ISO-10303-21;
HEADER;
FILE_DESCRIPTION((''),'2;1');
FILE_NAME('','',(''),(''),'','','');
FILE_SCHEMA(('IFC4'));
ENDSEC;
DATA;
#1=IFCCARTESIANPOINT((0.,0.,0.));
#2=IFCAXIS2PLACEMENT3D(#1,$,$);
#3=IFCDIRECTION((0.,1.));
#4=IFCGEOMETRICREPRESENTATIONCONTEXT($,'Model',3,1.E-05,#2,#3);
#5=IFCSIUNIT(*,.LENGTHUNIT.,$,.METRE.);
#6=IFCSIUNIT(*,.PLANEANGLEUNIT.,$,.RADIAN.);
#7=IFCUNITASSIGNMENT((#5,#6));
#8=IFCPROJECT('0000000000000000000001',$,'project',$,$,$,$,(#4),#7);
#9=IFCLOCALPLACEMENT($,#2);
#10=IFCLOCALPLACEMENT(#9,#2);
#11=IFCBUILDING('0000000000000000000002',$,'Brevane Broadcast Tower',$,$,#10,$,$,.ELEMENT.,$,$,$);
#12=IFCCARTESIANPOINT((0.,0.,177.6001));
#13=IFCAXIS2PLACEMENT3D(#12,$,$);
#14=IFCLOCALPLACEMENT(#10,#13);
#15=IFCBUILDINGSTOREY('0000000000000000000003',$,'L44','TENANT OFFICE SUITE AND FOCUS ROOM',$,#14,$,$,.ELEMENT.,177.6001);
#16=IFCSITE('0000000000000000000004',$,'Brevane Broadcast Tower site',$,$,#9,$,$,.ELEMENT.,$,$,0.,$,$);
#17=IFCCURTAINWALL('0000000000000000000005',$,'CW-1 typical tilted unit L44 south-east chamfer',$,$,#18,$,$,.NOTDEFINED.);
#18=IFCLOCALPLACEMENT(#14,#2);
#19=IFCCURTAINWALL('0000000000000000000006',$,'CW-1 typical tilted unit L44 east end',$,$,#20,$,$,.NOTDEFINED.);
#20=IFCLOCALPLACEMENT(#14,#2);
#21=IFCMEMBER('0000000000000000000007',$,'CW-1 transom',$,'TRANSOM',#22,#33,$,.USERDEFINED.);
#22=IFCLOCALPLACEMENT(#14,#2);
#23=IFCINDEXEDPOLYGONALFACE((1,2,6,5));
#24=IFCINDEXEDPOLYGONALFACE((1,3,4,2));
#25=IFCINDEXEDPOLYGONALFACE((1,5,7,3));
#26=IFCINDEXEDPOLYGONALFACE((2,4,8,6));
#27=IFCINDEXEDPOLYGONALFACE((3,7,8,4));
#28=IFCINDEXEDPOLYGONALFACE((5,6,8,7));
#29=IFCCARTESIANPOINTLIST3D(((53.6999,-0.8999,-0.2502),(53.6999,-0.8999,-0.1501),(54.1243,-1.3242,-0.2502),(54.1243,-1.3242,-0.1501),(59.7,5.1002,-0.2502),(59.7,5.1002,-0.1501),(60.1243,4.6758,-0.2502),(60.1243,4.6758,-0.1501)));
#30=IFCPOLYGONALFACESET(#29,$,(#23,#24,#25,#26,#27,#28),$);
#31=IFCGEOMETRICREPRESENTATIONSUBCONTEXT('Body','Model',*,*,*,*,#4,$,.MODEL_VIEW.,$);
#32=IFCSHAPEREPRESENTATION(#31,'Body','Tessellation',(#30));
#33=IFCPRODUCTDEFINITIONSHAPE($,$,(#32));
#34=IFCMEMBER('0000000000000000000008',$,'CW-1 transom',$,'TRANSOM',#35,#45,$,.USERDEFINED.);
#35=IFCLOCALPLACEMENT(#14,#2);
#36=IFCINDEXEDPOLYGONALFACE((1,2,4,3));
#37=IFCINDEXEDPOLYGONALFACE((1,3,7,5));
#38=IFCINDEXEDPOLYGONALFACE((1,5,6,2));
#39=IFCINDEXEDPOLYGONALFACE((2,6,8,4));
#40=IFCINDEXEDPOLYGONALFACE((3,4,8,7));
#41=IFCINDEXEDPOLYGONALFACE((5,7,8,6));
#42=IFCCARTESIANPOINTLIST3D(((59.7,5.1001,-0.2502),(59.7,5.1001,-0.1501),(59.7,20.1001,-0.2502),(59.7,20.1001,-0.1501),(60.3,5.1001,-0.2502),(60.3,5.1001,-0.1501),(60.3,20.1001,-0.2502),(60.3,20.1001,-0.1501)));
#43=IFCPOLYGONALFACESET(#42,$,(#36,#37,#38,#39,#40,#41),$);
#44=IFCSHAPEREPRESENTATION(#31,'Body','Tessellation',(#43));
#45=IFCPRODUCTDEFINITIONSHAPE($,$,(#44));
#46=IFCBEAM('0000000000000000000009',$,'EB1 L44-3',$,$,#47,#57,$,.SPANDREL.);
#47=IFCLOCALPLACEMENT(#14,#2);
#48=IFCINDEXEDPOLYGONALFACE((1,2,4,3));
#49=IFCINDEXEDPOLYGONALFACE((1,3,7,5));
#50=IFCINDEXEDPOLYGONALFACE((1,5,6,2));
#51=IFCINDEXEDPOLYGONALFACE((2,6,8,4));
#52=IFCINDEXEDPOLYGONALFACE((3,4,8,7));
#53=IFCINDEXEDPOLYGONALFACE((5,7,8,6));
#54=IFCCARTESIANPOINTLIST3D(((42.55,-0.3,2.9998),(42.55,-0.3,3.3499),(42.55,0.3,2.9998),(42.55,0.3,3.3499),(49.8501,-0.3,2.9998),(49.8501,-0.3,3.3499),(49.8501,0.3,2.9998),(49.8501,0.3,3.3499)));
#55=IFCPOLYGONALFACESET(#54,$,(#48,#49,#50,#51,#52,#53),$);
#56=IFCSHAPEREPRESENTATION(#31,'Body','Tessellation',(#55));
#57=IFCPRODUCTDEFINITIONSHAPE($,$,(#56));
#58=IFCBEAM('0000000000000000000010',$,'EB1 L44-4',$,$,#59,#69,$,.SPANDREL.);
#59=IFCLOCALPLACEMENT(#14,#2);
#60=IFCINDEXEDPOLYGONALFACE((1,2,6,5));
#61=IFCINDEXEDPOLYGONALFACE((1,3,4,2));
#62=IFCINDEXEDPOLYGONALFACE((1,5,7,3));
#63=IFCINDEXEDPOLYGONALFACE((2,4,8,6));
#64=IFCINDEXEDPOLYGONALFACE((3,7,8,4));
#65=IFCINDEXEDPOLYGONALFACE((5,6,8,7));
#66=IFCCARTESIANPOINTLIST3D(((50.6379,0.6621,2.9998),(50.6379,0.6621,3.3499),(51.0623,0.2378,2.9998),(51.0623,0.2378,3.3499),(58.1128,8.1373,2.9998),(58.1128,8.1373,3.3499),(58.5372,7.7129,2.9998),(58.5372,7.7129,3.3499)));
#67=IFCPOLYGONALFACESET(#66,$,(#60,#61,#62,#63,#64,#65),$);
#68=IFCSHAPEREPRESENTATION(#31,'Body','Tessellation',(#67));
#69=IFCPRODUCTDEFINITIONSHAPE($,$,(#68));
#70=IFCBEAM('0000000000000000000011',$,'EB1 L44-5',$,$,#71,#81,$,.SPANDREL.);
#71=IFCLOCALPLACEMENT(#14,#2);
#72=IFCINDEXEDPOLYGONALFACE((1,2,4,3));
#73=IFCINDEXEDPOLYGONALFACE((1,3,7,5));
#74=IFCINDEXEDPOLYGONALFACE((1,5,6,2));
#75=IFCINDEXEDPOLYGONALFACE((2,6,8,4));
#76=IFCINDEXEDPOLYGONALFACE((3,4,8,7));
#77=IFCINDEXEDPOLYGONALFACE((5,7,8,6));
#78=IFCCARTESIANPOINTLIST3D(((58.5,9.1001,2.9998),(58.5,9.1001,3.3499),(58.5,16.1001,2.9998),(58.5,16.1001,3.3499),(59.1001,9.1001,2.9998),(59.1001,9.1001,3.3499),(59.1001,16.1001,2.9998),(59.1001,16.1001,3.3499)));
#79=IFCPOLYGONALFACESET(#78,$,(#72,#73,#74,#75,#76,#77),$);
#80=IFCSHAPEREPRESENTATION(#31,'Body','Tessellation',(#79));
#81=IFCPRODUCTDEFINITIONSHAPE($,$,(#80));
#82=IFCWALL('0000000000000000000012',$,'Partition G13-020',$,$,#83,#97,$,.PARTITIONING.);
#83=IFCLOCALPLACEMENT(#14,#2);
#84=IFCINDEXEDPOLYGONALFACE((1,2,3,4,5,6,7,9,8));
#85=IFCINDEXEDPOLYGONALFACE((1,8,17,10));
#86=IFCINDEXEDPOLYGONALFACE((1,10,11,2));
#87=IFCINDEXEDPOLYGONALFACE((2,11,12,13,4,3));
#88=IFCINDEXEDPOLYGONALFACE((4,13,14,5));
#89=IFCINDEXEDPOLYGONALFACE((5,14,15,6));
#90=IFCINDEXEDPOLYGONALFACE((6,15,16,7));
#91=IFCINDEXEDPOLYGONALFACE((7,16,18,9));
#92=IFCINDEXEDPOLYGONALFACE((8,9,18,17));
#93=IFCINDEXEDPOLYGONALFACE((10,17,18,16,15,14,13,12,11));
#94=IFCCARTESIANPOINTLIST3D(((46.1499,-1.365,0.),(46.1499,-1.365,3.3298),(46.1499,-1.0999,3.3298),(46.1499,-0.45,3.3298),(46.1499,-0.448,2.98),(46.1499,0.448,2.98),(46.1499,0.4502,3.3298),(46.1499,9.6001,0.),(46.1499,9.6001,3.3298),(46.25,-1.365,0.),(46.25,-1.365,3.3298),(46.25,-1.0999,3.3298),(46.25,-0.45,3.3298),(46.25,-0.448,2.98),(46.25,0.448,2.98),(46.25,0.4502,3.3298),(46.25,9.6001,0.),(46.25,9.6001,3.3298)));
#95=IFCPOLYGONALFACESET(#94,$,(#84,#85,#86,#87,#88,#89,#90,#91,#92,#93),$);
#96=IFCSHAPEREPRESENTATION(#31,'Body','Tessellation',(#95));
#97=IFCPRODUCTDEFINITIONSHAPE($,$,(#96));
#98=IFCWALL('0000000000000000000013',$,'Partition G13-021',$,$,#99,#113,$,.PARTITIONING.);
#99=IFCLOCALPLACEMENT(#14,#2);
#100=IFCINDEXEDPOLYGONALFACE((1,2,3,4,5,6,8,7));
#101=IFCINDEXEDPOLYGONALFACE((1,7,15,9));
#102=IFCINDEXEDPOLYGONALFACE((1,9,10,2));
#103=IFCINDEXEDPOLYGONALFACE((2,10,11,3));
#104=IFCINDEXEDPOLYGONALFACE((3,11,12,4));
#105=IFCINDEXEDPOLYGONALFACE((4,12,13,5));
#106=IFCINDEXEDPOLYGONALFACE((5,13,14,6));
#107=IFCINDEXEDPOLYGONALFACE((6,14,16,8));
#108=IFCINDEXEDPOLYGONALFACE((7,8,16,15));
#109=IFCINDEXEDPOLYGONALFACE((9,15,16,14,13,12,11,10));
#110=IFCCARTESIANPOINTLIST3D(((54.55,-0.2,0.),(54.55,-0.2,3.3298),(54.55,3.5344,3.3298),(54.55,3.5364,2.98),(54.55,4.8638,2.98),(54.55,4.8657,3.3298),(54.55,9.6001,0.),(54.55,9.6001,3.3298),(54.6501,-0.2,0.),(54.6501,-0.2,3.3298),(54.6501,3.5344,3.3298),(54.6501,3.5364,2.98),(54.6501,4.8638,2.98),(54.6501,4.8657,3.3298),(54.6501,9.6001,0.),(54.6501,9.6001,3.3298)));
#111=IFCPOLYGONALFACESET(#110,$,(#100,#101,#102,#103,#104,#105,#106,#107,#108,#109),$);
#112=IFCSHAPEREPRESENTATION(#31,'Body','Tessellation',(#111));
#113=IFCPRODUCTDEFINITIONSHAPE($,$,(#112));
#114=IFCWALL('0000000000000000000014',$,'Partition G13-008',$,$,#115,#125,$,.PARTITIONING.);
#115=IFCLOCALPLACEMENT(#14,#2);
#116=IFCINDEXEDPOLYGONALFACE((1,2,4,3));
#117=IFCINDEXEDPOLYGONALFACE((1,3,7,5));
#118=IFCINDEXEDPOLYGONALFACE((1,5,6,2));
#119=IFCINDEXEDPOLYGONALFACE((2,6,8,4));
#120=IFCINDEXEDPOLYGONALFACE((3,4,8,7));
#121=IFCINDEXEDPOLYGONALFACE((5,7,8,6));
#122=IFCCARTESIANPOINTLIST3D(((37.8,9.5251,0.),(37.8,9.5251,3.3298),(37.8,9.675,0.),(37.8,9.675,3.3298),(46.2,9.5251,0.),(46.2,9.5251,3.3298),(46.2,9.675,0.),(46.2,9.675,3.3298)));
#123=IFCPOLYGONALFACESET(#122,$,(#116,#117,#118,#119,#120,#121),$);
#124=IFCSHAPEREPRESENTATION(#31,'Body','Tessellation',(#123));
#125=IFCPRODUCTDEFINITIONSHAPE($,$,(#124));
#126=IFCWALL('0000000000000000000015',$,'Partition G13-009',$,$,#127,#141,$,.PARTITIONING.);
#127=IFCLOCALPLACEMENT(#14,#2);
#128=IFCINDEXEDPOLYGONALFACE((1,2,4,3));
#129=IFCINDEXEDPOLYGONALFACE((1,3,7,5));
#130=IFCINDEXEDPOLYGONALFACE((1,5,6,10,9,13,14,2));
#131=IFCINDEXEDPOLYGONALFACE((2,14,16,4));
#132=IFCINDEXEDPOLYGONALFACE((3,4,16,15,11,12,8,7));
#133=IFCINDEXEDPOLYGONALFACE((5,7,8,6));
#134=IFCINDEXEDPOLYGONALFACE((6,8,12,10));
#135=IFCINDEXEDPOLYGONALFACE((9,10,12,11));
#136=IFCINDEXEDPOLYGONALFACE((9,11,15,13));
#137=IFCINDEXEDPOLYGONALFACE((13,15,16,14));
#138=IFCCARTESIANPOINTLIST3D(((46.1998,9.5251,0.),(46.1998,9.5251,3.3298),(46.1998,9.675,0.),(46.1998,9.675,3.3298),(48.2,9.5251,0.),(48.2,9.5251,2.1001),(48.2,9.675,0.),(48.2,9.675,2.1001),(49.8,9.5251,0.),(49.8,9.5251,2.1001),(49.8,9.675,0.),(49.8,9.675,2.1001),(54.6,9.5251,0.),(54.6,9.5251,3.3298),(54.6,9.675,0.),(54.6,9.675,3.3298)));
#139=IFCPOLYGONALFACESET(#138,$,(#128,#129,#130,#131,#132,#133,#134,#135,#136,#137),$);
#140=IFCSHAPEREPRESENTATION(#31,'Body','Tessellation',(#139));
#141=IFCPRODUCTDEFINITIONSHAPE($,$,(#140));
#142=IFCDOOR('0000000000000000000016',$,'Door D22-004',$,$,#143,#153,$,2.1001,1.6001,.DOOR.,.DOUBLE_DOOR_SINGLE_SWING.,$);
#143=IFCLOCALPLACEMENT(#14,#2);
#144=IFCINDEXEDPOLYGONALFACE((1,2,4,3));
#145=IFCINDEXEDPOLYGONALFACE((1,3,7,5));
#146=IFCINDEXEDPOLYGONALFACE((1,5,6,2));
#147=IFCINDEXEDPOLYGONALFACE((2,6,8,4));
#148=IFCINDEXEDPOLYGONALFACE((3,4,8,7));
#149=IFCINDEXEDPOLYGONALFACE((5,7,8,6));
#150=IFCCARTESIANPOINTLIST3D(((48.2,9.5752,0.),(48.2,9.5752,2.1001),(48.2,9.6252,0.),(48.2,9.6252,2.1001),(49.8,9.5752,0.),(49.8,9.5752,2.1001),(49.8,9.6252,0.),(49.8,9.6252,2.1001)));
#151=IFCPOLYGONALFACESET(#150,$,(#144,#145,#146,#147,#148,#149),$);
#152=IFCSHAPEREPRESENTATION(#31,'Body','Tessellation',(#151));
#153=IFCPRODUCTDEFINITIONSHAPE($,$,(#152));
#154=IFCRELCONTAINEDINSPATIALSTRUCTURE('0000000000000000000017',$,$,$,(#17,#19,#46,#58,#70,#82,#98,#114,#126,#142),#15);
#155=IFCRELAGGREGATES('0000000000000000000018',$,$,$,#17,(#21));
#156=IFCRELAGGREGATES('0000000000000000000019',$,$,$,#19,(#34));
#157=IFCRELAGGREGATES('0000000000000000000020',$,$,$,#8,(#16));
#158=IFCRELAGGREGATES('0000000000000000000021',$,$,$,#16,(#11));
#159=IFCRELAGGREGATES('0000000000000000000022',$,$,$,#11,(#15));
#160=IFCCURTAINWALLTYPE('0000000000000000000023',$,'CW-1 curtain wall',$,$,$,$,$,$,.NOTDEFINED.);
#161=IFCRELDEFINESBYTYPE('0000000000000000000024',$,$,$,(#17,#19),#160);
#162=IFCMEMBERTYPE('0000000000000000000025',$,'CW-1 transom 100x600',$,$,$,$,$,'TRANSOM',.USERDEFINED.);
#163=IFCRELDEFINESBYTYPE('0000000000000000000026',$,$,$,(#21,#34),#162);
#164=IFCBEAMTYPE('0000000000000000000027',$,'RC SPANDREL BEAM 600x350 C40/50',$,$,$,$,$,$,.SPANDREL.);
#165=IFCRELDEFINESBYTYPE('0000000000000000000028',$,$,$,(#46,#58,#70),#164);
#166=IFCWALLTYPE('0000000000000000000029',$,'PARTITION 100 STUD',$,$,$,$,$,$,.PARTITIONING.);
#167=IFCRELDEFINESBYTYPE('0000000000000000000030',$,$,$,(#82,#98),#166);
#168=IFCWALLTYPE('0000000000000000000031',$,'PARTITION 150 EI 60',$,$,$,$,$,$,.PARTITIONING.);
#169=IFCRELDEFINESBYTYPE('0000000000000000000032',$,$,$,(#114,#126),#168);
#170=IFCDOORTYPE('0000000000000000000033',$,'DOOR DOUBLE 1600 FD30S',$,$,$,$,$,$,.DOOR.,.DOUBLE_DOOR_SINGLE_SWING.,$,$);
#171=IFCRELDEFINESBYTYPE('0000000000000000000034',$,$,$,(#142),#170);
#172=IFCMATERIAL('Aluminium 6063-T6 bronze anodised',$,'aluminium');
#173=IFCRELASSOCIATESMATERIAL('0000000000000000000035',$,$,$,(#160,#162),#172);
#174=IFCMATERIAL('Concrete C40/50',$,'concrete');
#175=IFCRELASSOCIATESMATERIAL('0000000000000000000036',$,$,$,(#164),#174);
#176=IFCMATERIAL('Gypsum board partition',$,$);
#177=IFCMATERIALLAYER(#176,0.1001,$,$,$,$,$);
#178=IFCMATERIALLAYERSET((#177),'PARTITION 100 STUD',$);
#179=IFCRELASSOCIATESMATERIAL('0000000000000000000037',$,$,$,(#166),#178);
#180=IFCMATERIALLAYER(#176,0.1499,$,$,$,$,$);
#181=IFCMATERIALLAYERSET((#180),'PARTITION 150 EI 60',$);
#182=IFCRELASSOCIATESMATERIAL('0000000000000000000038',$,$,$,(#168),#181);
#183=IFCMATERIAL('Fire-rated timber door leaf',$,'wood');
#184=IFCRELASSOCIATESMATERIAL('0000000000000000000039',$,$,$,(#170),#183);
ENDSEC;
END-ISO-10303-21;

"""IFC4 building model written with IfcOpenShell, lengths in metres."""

from ifc_helpers import new_model, si_unit, direction, frame, frame_2d, origin, origin_2d, place, context, subcontext, project, spatial, polyline, rectangle, outline, extrude, material, layer, layer_set, material_profile, profile_set, type_object, element, fill, aggregate, save


model = new_model("IFC4")

# Units and contexts
model_context = context("Model", 3, precision=1e-05, world=origin(), true_north=direction((0.0, 1.0)))
body_context = subcontext(model_context, "Body", "Model", "MODEL_VIEW")
ifc_project = project(units=[si_unit("LENGTHUNIT", "METRE"), si_unit("PLANEANGLEUNIT", "RADIAN")], contexts=[model_context])

# Site, building, storey
site_placement = place(None, origin())
site = spatial("IfcSite", under=ifc_project, at=site_placement, Name="Brevane Broadcast Tower site", CompositionType="ELEMENT", RefElevation=0.0)
building_placement = place(site_placement, origin())
building = spatial("IfcBuilding", under=site, at=building_placement, Name="Brevane Broadcast Tower", CompositionType="ELEMENT")
storey_placement = place(building_placement, frame((0.0, 0.0, 177.6001)))
storey = spatial("IfcBuildingStorey", under=building, at=storey_placement, Name="L44", Description="TENANT OFFICE SUITE AND FOCUS ROOM", CompositionType="ELEMENT", Elevation=177.6001)

# Curtain walls
ifc_material_1 = material(Name="Aluminium 6063-T6 bronze anodised", Category="aluminium")
curtain_wall_type = type_object("IfcCurtainWallType", Name="CW-1 curtain wall", PredefinedType="NOTDEFINED", material=ifc_material_1)
curtain_wall_1_placement = place(storey_placement, origin())
curtain_wall_1 = element("IfcCurtainWall", 1, at=curtain_wall_1_placement, inside=storey, type_object=curtain_wall_type, Name="CW-1 typical tilted unit L44 south-east chamfer", PredefinedType="NOTDEFINED")
curtain_wall_2_placement = place(storey_placement, origin())
curtain_wall_2 = element("IfcCurtainWall", 2, at=curtain_wall_2_placement, inside=storey, type_object=curtain_wall_type, Name="CW-1 typical tilted unit L44 east end", PredefinedType="NOTDEFINED")

# Members
ifc_material_profile_1 = material_profile(ifc_material_1, rectangle(XDim=0.6001, YDim=0.1001, at=origin_2d()), Name="RECT 100x600")
ifc_profile_set_1 = profile_set([ifc_material_profile_1], Name="Aluminium 6063-T6 bronze anodised")
member_type_1 = type_object("IfcMemberType", Name="CW-1 transom 100x600", ElementType="TRANSOM", PredefinedType="USERDEFINED", material=ifc_profile_set_1)
member_1_placement = place(storey_placement, frame((53.9121, -1.1121, -0.2002), z_axis=(0.707107, 0.707107, 0.0), x_axis=(-0.707107, 0.707107, 0.0)))
member_1 = element("IfcMember", 3, at=member_1_placement, type_object=member_type_1, Name="CW-1 transom", ObjectType="TRANSOM", PredefinedType="USERDEFINED", context=body_context, shape_type="SweptSolid", body=[
    extrude(rectangle(XDim=0.6001, YDim=0.1001, at=origin_2d()), origin(), (0.0, 0.0, 1.0), 8.4854),
])
aggregate(curtain_wall_1, [member_1])
member_2_placement = place(storey_placement, frame((60.0, 5.1001, -0.2002), z_axis=(0.0, 1.0, 0.0), x_axis=(-1.0, 0.0, 0.0)))
member_2 = element("IfcMember", 4, at=member_2_placement, type_object=member_type_1, Name="CW-1 transom", ObjectType="TRANSOM", PredefinedType="USERDEFINED", context=body_context, shape_type="SweptSolid", body=[
    extrude(rectangle(XDim=0.6001, YDim=0.1001, at=origin_2d()), origin(), (0.0, 0.0, 1.0), 15.0),
])
aggregate(curtain_wall_2, [member_2])

# Beams
ifc_material_2 = material(Name="Concrete C40/50", Category="concrete")
ifc_material_profile_2 = material_profile(ifc_material_2, rectangle(XDim=0.6001, YDim=0.3501, at=origin_2d()), Name="RC 600x350")
ifc_profile_set_2 = profile_set([ifc_material_profile_2], Name="Concrete C40/50")
beam_type = type_object("IfcBeamType", Name="RC SPANDREL BEAM 600x350 C40/50", PredefinedType="SPANDREL", material=ifc_profile_set_2)
beam_1_placement = place(storey_placement, frame((42.55, 0.0, 3.1748), z_axis=(1.0, 0.0, 0.0), x_axis=(0.0, 1.0, 0.0)))
element("IfcBeam", 5, at=beam_1_placement, inside=storey, type_object=beam_type, Name="EB1 L44-3", PredefinedType="SPANDREL", context=body_context, shape_type="SweptSolid", body=[
    extrude(rectangle(XDim=0.6001, YDim=0.3501, at=origin_2d()), origin(), (0.0, 0.0, 1.0), 7.3),
])
beam_2_placement = place(storey_placement, frame((50.8501, 0.45, 3.1748), z_axis=(0.707095, 0.707118, 0.0), x_axis=(-0.707118, 0.707095, 0.0)))
element("IfcBeam", 6, at=beam_2_placement, inside=storey, type_object=beam_type, Name="EB1 L44-4", PredefinedType="SPANDREL", context=body_context, shape_type="SweptSolid", body=[
    extrude(rectangle(XDim=0.6001, YDim=0.3501, at=origin_2d()), origin(), (0.0, 0.0, 1.0), 10.5713),
])
beam_3_placement = place(storey_placement, frame((58.8, 9.1001, 3.1748), z_axis=(0.0, 1.0, 0.0), x_axis=(-1.0, 0.0, 0.0)))
element("IfcBeam", 7, at=beam_3_placement, inside=storey, type_object=beam_type, Name="EB1 L44-5", PredefinedType="SPANDREL", context=body_context, shape_type="SweptSolid", body=[
    extrude(rectangle(XDim=0.6001, YDim=0.3501, at=origin_2d()), origin(), (0.0, 0.0, 1.0), 7.0),
])

# Walls
ifc_material_3 = material(Name="Gypsum board partition")
ifc_layer_1 = layer(ifc_material_3, 0.1001)
ifc_layer_set_1 = layer_set([ifc_layer_1], Name="PARTITION 100 STUD")
wall_type_1 = type_object("IfcWallType", Name="PARTITION 100 STUD", PredefinedType="PARTITIONING", material=ifc_layer_set_1)
wall_1_placement = place(storey_placement, frame((46.2, 9.6001, 0.0), z_axis=(0.0, 0.0, 1.0), x_axis=(0.0, -1.0, 0.0)))
element("IfcWall", 8, at=wall_1_placement, inside=storey, type_object=wall_type_1, Name="Partition G13-020", PredefinedType="PARTITIONING", context=body_context, shape_type="SweptSolid", body=[
    extrude(outline(polyline([(0.0, 0.0), (10.9651, 0.0), (10.9651, 3.3298), (10.7, 3.3298), (10.05, 3.3298), (10.0481, 2.98), (9.1521, 2.98), (9.1499, 3.3298), (0.0, 3.3298), (0.0, 0.0)])), frame((0.0, 0.05, 0.0), z_axis=(0.0, -1.0, 0.0), x_axis=(1.0, 0.0, 0.0)), (0.0, 0.0, 1.0), 0.1001),
])
wall_2_placement = place(storey_placement, frame((54.6001, 9.6001, 0.0), z_axis=(0.0, 0.0, 1.0), x_axis=(0.0, -1.0, 0.0)))
element("IfcWall", 9, at=wall_2_placement, inside=storey, type_object=wall_type_1, Name="Partition G13-021", PredefinedType="PARTITIONING", context=body_context, shape_type="SweptSolid", body=[
    extrude(outline(polyline([(0.0, 0.0), (9.8, 0.0), (9.8, 3.3298), (6.0657, 3.3298), (6.0637, 2.98), (4.7363, 2.98), (4.7344, 3.3298), (0.0, 3.3298), (0.0, 0.0)])), frame((0.0, 0.05, 0.0), z_axis=(0.0, -1.0, 0.0), x_axis=(1.0, 0.0, 0.0)), (0.0, 0.0, 1.0), 0.1001),
])
ifc_layer_2 = layer(ifc_material_3, 0.1499)
ifc_layer_set_2 = layer_set([ifc_layer_2], Name="PARTITION 150 EI 60")
wall_type_2 = type_object("IfcWallType", Name="PARTITION 150 EI 60", PredefinedType="PARTITIONING", material=ifc_layer_set_2)
wall_3_placement = place(storey_placement, frame((46.2, 9.6001, 0.0), z_axis=(0.0, 0.0, 1.0), x_axis=(-1.0, 0.0, 0.0)))
element("IfcWall", 10, at=wall_3_placement, inside=storey, type_object=wall_type_2, Name="Partition G13-008", PredefinedType="PARTITIONING", context=body_context, shape_type="SweptSolid", body=[
    extrude(rectangle(XDim=8.3999, YDim=0.1499, at=frame_2d((4.2, 0.0))), origin(), (0.0, 0.0, 1.0), 3.3298),
])

# Wall, opening, door
wall_4_placement = place(storey_placement, frame((54.6001, 9.6001, 0.0), z_axis=(0.0, 0.0, 1.0), x_axis=(-1.0, 0.0, 0.0)))
wall_4 = element("IfcWall", 11, at=wall_4_placement, inside=storey, type_object=wall_type_2, Name="Partition G13-009", PredefinedType="PARTITIONING", context=body_context, shape_type="SweptSolid", body=[
    extrude(rectangle(XDim=8.4001, YDim=0.1499, at=frame_2d((4.2002, 0.0))), origin(), (0.0, 0.0, 1.0), 3.3298),
])
opening_1_placement = place(wall_4_placement, frame((4.8, 0.0, 0.0)))
opening_1 = element("IfcOpeningElement", 12, at=opening_1_placement, cuts=wall_4, PredefinedType="OPENING", context=body_context, shape_type="SweptSolid", body=[
    extrude(rectangle(XDim=1.6001, YDim=2.1001, at=frame_2d((0.8, 1.05))), frame((0.0, 0.085, 0.0), z_axis=(0.0, -1.0, 0.0), x_axis=(1.0, 0.0, 0.0)), (0.0, 0.0, 1.0), 0.1699),
])
ifc_material_4 = material(Name="Fire-rated timber door leaf", Category="wood")
door_type_1 = type_object("IfcDoorType", Name="DOOR DOUBLE 1600 FD30S", OperationType="DOUBLE_DOOR_SINGLE_SWING", PredefinedType="DOOR", material=ifc_material_4)
door_1_placement = place(opening_1_placement, origin())
door_1 = element("IfcDoor", 13, at=door_1_placement, inside=storey, type_object=door_type_1, Name="Door D22-004", OperationType="DOUBLE_DOOR_SINGLE_SWING", OverallHeight=2.1001, OverallWidth=1.6001, PredefinedType="DOOR", context=body_context, shape_type="SweptSolid", body=[
    extrude(rectangle(XDim=1.6001, YDim=2.1001, at=frame_2d((0.8, 1.05))), frame((0.0, 0.0249, 0.0), z_axis=(0.0, -1.0, 0.0), x_axis=(1.0, 0.0, 0.0)), (0.0, 0.0, 1.0), 0.05),
])
fill(opening_1, door_1)

save(model, "model.ifc")
